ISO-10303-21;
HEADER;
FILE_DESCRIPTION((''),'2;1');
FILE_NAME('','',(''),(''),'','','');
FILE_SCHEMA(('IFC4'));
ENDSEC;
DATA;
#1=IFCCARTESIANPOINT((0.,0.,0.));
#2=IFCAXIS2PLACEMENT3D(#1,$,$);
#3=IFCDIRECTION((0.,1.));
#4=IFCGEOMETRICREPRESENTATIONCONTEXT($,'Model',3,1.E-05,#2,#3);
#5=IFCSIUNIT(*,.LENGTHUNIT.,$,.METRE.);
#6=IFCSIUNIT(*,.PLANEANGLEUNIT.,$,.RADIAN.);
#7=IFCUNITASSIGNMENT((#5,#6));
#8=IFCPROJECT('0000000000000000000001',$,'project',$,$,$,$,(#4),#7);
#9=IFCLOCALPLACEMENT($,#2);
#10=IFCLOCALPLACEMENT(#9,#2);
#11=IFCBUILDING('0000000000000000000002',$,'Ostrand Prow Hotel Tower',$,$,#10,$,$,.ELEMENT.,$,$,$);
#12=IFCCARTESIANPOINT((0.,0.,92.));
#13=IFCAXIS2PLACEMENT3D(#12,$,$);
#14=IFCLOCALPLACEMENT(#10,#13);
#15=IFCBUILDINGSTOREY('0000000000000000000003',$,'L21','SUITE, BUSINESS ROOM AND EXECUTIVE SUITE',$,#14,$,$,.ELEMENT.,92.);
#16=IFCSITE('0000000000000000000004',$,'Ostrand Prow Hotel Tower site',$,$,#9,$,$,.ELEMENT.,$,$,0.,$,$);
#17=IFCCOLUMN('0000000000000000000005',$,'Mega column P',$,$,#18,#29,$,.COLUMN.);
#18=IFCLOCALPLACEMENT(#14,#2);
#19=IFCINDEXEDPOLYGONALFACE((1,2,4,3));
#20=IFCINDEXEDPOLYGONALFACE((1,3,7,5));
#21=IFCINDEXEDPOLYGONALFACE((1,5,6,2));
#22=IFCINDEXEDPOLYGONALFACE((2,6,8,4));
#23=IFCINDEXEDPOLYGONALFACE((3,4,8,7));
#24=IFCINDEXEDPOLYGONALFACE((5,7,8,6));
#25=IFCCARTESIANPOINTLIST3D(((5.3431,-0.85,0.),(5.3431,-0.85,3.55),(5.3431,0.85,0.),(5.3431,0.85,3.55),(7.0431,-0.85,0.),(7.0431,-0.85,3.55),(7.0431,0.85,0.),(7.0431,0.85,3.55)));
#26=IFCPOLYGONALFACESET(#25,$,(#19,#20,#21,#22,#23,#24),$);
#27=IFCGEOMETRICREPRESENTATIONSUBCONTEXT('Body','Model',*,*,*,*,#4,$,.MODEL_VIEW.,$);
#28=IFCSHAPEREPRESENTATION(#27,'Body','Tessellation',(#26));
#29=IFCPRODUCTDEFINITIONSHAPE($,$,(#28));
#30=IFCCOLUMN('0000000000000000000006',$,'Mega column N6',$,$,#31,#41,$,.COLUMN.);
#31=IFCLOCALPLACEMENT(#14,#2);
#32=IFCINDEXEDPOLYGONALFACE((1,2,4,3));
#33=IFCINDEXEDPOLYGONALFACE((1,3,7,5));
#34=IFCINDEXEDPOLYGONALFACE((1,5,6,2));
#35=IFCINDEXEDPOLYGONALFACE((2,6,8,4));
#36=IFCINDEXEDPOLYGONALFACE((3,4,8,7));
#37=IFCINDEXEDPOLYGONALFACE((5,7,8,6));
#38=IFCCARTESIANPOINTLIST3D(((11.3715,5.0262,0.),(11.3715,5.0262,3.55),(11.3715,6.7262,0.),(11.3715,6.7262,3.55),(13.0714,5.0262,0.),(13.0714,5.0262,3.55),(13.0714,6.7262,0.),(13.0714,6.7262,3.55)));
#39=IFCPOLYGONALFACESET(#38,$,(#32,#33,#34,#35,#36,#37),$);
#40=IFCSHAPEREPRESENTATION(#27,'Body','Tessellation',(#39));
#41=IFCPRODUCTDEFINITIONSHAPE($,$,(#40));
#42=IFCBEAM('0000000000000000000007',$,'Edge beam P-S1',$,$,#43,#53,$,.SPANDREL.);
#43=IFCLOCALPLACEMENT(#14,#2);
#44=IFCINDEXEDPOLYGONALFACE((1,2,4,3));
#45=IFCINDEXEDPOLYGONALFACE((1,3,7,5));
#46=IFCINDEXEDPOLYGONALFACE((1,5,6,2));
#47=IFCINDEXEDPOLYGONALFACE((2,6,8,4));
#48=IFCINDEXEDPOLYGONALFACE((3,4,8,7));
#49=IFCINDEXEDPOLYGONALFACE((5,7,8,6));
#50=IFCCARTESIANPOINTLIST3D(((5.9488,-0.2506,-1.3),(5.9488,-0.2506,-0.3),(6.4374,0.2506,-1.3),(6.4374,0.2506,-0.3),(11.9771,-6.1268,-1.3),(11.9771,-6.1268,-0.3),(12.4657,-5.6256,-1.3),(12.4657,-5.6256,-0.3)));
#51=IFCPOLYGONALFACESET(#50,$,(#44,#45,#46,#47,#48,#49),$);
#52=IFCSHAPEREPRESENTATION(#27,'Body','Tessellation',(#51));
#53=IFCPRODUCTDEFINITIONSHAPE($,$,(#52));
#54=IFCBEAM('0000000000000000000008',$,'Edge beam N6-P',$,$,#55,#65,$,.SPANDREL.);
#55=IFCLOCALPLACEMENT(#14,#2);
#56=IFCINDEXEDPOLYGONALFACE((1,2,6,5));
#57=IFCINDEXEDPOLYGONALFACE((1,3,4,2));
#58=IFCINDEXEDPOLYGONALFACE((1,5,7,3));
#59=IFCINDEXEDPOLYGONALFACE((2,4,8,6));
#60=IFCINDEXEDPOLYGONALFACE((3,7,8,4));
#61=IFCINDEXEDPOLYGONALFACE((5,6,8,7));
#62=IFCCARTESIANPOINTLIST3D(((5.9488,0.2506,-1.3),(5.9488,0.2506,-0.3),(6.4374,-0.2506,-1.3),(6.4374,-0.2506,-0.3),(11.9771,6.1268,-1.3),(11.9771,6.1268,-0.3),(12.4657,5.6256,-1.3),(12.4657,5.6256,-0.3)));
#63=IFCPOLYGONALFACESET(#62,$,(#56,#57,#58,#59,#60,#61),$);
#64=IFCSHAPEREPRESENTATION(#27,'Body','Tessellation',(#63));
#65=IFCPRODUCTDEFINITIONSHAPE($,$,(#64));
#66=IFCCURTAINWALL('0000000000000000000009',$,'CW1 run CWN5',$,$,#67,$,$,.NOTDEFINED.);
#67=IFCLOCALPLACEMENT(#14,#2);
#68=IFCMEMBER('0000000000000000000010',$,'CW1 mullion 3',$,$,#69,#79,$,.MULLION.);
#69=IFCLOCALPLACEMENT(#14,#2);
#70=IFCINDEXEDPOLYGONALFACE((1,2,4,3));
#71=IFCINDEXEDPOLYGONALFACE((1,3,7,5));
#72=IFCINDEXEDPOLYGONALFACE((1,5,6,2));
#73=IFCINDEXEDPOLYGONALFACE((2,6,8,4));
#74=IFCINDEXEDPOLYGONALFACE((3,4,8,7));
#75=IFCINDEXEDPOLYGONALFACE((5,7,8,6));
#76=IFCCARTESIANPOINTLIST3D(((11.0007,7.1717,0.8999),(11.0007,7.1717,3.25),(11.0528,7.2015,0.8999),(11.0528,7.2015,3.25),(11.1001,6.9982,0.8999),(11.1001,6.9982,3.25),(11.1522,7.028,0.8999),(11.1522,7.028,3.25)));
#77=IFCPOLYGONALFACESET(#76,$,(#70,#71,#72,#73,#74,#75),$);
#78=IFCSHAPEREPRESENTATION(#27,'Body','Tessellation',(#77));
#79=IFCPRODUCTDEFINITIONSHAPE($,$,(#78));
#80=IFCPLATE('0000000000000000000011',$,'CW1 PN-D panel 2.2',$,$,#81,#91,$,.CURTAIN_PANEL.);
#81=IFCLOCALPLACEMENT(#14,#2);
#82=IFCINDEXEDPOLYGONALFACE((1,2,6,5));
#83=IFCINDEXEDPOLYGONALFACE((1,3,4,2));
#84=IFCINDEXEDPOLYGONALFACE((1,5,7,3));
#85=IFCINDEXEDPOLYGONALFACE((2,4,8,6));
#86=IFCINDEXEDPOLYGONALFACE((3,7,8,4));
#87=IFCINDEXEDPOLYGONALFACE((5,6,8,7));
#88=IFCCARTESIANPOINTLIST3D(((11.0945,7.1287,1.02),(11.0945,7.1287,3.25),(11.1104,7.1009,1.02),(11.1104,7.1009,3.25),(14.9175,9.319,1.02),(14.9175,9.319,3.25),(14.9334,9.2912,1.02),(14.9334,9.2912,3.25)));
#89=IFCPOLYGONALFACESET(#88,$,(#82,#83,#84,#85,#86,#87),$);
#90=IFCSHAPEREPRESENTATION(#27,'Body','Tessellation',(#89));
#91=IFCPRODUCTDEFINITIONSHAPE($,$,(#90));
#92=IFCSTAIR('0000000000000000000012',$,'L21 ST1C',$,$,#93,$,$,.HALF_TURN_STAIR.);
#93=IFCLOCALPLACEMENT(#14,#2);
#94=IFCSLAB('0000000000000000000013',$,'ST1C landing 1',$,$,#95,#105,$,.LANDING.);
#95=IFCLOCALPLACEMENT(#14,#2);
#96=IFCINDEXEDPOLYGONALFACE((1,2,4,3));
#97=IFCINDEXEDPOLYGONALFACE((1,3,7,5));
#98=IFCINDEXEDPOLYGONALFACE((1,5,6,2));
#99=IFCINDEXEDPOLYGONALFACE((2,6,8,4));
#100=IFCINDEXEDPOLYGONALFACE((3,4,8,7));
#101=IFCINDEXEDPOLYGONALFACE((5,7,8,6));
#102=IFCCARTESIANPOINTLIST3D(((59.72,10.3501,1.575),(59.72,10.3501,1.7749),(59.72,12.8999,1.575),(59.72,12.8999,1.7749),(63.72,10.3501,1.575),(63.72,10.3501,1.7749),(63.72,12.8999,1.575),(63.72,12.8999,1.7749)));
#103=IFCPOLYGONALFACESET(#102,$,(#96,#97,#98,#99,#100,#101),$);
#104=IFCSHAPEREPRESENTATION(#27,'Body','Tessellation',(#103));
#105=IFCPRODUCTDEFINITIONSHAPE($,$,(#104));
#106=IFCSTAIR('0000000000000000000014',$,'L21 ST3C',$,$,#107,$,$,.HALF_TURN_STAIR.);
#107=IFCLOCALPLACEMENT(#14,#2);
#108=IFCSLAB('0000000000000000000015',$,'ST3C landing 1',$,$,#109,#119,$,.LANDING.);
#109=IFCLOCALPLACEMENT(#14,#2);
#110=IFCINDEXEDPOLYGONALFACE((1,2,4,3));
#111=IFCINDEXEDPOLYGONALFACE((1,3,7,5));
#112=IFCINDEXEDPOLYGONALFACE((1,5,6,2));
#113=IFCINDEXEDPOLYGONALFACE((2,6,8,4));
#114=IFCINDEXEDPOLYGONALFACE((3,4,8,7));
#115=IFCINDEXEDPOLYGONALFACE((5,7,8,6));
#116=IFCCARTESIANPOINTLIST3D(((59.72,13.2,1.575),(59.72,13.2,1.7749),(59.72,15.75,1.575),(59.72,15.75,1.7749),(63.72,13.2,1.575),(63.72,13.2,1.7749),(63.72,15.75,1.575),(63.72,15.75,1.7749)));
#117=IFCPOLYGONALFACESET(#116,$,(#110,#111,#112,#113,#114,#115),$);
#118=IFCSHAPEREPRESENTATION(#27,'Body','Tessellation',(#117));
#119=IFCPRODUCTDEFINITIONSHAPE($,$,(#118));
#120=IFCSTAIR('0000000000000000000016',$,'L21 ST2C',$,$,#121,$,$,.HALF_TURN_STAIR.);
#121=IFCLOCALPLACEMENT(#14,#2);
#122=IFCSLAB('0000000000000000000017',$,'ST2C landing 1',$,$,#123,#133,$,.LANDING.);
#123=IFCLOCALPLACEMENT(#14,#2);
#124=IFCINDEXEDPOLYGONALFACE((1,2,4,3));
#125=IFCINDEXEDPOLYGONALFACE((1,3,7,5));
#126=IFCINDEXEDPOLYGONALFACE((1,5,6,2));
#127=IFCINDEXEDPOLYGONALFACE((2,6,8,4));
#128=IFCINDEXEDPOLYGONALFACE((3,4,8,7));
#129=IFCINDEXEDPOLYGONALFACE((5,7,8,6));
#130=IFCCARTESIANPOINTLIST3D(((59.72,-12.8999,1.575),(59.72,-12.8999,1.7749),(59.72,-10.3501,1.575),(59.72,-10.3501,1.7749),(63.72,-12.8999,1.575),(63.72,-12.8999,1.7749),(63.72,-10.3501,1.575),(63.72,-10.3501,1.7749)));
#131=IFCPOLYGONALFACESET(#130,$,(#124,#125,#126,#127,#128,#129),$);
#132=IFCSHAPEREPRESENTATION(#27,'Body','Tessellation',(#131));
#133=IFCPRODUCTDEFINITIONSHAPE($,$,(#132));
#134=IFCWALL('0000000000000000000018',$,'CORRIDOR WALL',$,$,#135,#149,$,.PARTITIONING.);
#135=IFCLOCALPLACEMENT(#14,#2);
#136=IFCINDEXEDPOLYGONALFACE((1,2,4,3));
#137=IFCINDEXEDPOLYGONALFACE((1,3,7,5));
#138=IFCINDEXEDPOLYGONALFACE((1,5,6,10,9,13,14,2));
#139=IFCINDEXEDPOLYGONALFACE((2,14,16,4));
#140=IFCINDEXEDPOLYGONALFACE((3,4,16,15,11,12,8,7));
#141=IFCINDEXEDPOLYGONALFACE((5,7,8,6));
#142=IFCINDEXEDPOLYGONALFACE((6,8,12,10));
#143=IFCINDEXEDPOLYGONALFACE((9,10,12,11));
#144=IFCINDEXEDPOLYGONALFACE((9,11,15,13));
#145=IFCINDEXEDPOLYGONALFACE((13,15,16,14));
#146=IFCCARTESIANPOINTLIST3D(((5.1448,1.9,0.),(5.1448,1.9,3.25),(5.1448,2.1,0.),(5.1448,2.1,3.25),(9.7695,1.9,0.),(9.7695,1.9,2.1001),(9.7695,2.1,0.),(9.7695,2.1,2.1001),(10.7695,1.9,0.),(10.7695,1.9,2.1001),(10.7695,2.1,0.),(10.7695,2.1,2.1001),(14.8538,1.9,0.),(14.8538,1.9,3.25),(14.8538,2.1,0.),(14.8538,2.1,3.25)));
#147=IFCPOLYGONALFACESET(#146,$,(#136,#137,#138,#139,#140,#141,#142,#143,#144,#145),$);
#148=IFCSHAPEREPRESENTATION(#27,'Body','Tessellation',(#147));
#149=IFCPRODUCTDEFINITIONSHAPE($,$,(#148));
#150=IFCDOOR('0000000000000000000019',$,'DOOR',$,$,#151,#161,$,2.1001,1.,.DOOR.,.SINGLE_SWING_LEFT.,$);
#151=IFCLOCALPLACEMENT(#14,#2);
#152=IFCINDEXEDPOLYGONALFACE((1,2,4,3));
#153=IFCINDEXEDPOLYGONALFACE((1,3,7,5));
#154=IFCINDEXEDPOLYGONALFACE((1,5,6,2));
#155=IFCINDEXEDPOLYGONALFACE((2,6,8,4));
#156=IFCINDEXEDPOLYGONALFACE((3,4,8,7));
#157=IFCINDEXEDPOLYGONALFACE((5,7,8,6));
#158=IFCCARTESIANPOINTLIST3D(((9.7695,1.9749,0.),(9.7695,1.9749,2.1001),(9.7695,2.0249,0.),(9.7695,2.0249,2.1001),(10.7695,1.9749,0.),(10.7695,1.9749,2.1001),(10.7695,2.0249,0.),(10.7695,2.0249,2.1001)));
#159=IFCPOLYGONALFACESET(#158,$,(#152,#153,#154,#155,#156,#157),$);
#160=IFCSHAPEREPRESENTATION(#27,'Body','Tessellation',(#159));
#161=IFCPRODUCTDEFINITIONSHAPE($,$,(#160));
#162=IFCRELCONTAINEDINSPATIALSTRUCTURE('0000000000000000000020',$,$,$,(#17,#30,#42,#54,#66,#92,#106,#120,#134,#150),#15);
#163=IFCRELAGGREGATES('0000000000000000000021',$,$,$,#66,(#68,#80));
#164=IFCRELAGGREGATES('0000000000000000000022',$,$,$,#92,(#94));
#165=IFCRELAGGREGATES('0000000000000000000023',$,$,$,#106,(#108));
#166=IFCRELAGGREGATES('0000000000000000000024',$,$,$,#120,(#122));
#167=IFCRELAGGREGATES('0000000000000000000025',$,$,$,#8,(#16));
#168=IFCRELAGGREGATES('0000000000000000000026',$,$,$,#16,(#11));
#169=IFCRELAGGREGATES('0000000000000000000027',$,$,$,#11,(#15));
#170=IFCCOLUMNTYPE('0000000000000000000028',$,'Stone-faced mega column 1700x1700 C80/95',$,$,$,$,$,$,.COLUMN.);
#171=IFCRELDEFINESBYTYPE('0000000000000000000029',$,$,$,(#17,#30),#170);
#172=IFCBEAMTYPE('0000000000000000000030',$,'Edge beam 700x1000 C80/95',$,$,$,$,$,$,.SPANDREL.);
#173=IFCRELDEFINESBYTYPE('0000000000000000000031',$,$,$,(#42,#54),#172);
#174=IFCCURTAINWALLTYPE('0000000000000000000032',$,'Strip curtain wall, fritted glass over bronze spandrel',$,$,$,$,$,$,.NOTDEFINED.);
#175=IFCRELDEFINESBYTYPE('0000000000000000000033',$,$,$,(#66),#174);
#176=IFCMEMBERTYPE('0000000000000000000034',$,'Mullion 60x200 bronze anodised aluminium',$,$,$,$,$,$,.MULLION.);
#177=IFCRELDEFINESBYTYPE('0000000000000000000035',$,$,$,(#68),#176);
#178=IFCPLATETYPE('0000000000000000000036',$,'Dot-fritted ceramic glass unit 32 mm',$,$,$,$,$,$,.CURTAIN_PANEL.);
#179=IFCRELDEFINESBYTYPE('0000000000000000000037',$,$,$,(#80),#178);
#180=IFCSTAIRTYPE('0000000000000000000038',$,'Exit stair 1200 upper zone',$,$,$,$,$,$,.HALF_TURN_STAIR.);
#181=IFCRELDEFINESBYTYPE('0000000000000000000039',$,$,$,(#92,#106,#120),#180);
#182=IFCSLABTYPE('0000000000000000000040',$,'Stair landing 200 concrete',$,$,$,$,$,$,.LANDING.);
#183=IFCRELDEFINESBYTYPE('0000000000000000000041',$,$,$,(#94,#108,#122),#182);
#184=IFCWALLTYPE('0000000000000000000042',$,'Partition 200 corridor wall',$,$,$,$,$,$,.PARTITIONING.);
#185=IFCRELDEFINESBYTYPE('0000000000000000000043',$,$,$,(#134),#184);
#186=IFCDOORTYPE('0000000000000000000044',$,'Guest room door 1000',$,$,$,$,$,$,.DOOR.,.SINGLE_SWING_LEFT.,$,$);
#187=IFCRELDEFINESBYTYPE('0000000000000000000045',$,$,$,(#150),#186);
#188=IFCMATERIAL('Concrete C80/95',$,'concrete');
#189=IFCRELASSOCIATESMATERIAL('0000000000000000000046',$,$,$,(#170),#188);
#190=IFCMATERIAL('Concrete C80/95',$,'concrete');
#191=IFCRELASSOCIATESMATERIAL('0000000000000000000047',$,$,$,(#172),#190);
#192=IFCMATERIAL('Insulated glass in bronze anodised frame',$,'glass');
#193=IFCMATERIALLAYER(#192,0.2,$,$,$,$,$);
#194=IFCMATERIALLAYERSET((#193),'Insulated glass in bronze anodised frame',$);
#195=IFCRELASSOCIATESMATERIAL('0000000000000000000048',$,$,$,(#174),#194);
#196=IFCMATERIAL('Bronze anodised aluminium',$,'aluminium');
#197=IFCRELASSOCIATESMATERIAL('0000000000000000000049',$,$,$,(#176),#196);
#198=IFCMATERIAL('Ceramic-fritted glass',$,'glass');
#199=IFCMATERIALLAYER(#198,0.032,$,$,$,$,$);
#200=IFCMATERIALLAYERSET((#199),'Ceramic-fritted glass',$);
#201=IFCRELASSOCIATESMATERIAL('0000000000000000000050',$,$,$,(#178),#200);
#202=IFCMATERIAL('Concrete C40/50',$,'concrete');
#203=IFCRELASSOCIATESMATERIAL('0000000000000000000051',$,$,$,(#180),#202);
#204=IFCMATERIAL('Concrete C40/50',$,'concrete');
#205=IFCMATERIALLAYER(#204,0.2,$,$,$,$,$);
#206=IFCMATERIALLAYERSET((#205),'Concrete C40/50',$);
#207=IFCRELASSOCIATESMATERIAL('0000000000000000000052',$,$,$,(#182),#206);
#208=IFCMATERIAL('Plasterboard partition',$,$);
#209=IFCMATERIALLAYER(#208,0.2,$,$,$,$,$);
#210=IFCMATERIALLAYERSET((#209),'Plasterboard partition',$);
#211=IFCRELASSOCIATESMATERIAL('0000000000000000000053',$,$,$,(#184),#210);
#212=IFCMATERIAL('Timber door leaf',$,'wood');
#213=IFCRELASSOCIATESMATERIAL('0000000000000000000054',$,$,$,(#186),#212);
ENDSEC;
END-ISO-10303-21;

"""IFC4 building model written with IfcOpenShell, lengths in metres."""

from ifc_helpers import new_model, si_unit, direction, frame, frame_2d, origin, origin_2d, place, context, subcontext, project, spatial, polyline, rectangle, outline, extrude, material, layer, layer_set, material_profile, profile_set, type_object, element, fill, aggregate, save


model = new_model("IFC4")

# Units and contexts
model_context = context("Model", 3, precision=1e-05, world=origin(), true_north=direction((0.0, 1.0)))
body_context = subcontext(model_context, "Body", "Model", "MODEL_VIEW")
ifc_project = project(units=[si_unit("LENGTHUNIT", "METRE"), si_unit("PLANEANGLEUNIT", "RADIAN")], contexts=[model_context])

# Site, building, storey
site_placement = place(None, origin())
site = spatial("IfcSite", under=ifc_project, at=site_placement, Name="Ostrand Prow Hotel Tower site", CompositionType="ELEMENT", RefElevation=0.0)
building_placement = place(site_placement, origin())
building = spatial("IfcBuilding", under=site, at=building_placement, Name="Ostrand Prow Hotel Tower", CompositionType="ELEMENT")
storey_placement = place(building_placement, frame((0.0, 0.0, 92.0)))
storey = spatial("IfcBuildingStorey", under=building, at=storey_placement, Name="L21", Description="SUITE, BUSINESS ROOM AND EXECUTIVE SUITE", CompositionType="ELEMENT", Elevation=92.0)

# Columns
ifc_material_1 = material(Name="Concrete C80/95", Category="concrete")
ifc_material_profile_1 = material_profile(ifc_material_1, rectangle(XDim=1.7, YDim=1.7, at=origin_2d()), Name="RC 1700x1700")
ifc_profile_set_1 = profile_set([ifc_material_profile_1], Name="Concrete C80/95")
column_type = type_object("IfcColumnType", Name="Stone-faced mega column 1700x1700 C80/95", PredefinedType="COLUMN", material=ifc_profile_set_1)
for number, where, z_axis, x_axis, name in (
    (1, (6.1931, 0.0, 0.0), (0.0, 0.0, 1.0), (1.0, 0.0, 0.0), "Mega column P"),
    (2, (12.2214, 5.8762, 0.0), (0.0, 0.0, 1.0), (1.0, 0.0, 0.0), "Mega column N6"),
):
    element("IfcColumn", number, at=place(storey_placement, frame(where, z_axis=z_axis, x_axis=x_axis)), inside=storey, type_object=column_type, Name=name, PredefinedType="COLUMN", context=body_context, shape_type="SweptSolid", body=[
        extrude(rectangle(XDim=1.7, YDim=1.7, at=origin_2d()), origin(), (0.0, 0.0, 1.0), 3.55),
    ])

# Beams
ifc_material_2 = material(Name="Concrete C80/95", Category="concrete")
ifc_material_profile_2 = material_profile(ifc_material_2, rectangle(XDim=0.7, YDim=1.0, at=origin_2d()), Name="RC 700x1000")
ifc_profile_set_2 = profile_set([ifc_material_profile_2], Name="Concrete C80/95")
beam_type = type_object("IfcBeamType", Name="Edge beam 700x1000 C80/95", PredefinedType="SPANDREL", material=ifc_profile_set_2)
for number, where, z_axis, x_axis, name in (
    (3, (6.1931, 0.0, -0.8), (0.716083, -0.698015, 0.0), (0.698015, 0.716083, 0.0), "Edge beam P-S1"),
    (4, (12.2214, 5.8762, -0.8), (-0.716083, -0.698015, 0.0), (0.698015, -0.716083, 0.0), "Edge beam N6-P"),
):
    element("IfcBeam", number, at=place(storey_placement, frame(where, z_axis=z_axis, x_axis=x_axis)), inside=storey, type_object=beam_type, Name=name, PredefinedType="SPANDREL", context=body_context, shape_type="SweptSolid", body=[
        extrude(rectangle(XDim=0.7, YDim=1.0, at=origin_2d()), origin(), (0.0, 0.0, 1.0), 8.4185),
    ])

# Curtain wall, member, plate
ifc_material_3 = material(Name="Insulated glass in bronze anodised frame", Category="glass")
ifc_layer_1 = layer(ifc_material_3, 0.2)
ifc_layer_set_1 = layer_set([ifc_layer_1], Name="Insulated glass in bronze anodised frame")
curtain_wall_type = type_object("IfcCurtainWallType", Name="Strip curtain wall, fritted glass over bronze spandrel", PredefinedType="NOTDEFINED", material=ifc_layer_set_1)
curtain_wall_placement = place(storey_placement, origin())
curtain_wall = element("IfcCurtainWall", 5, at=curtain_wall_placement, inside=storey, type_object=curtain_wall_type, Name="CW1 run CWN5", PredefinedType="NOTDEFINED")
ifc_material_4 = material(Name="Bronze anodised aluminium", Category="aluminium")
ifc_material_profile_3 = material_profile(ifc_material_4, rectangle(XDim=0.2, YDim=0.0601, at=origin_2d()), Name="Mullion 60x200 bronze anodised aluminium")
ifc_profile_set_3 = profile_set([ifc_material_profile_3], Name="Bronze anodised aluminium")
member_type = type_object("IfcMemberType", Name="Mullion 60x200 bronze anodised aluminium", PredefinedType="MULLION", material=ifc_profile_set_3)
member_placement = place(storey_placement, frame((11.0764, 7.0999, 0.8999), z_axis=(0.0, 0.0, 1.0), x_axis=(0.497115, -0.867685, 0.0)))
member = element("IfcMember", 6, at=member_placement, type_object=member_type, Name="CW1 mullion 3", PredefinedType="MULLION", context=body_context, shape_type="SweptSolid", body=[
    extrude(rectangle(XDim=0.2, YDim=0.0601, at=origin_2d()), origin(), (0.0, 0.0, 1.0), 2.3501),
])
ifc_material_5 = material(Name="Ceramic-fritted glass", Category="glass")
ifc_layer_2 = layer(ifc_material_5, 0.032)
ifc_layer_set_2 = layer_set([ifc_layer_2], Name="Ceramic-fritted glass")
plate_type = type_object("IfcPlateType", Name="Dot-fritted ceramic glass unit 32 mm", PredefinedType="CURTAIN_PANEL", material=ifc_layer_set_2)
plate_placement = place(storey_placement, frame((13.0139, 8.21, 1.02), z_axis=(0.0, 0.0, 1.0), x_axis=(-0.867685, -0.497115, 0.0)))
plate = element("IfcPlate", 7, at=plate_placement, type_object=plate_type, Name="CW1 PN-D panel 2.2", PredefinedType="CURTAIN_PANEL", context=body_context, shape_type="SweptSolid", body=[
    extrude(rectangle(XDim=4.406, YDim=0.032, at=origin_2d()), origin(), (0.0, 0.0, 1.0), 2.23),
])
aggregate(curtain_wall, [member, plate])

# Stairs, slabs
ifc_material_6 = material(Name="Concrete C40/50", Category="concrete")
stair_type = type_object("IfcStairType", Name="Exit stair 1200 upper zone", PredefinedType="HALF_TURN_STAIR", material=ifc_material_6)
stair_1_placement = place(storey_placement, origin())
stair_1 = element("IfcStair", 8, at=stair_1_placement, inside=storey, type_object=stair_type, Name="L21 ST1C", PredefinedType="HALF_TURN_STAIR")
ifc_material_7 = material(Name="Concrete C40/50", Category="concrete")
ifc_layer_3 = layer(ifc_material_7, 0.2)
ifc_layer_set_3 = layer_set([ifc_layer_3], Name="Concrete C40/50")
slab_type = type_object("IfcSlabType", Name="Stair landing 200 concrete", PredefinedType="LANDING", material=ifc_layer_set_3)
slab_1_placement = place(storey_placement, frame((0.0, 0.0, 1.575)))
slab_1 = element("IfcSlab", 9, at=slab_1_placement, type_object=slab_type, Name="ST1C landing 1", PredefinedType="LANDING", context=body_context, shape_type="SweptSolid", body=[
    extrude(outline(polyline([(59.72, 10.3501), (63.72, 10.3501), (63.72, 12.8999), (59.72, 12.8999), (59.72, 10.3501)])), origin(), (0.0, 0.0, 1.0), 0.2),
])
aggregate(stair_1, [slab_1])
stair_2_placement = place(storey_placement, origin())
stair_2 = element("IfcStair", 10, at=stair_2_placement, inside=storey, type_object=stair_type, Name="L21 ST3C", PredefinedType="HALF_TURN_STAIR")
slab_2_placement = place(storey_placement, frame((0.0, 0.0, 1.575)))
slab_2 = element("IfcSlab", 11, at=slab_2_placement, type_object=slab_type, Name="ST3C landing 1", PredefinedType="LANDING", context=body_context, shape_type="SweptSolid", body=[
    extrude(outline(polyline([(59.72, 13.2), (63.72, 13.2), (63.72, 15.75), (59.72, 15.75), (59.72, 13.2)])), origin(), (0.0, 0.0, 1.0), 0.2),
])
aggregate(stair_2, [slab_2])
stair_3_placement = place(storey_placement, origin())
stair_3 = element("IfcStair", 12, at=stair_3_placement, inside=storey, type_object=stair_type, Name="L21 ST2C", PredefinedType="HALF_TURN_STAIR")
slab_3_placement = place(storey_placement, frame((0.0, 0.0, 1.575)))
slab_3 = element("IfcSlab", 13, at=slab_3_placement, type_object=slab_type, Name="ST2C landing 1", PredefinedType="LANDING", context=body_context, shape_type="SweptSolid", body=[
    extrude(outline(polyline([(59.72, -12.8999), (63.72, -12.8999), (63.72, -10.3501), (59.72, -10.3501), (59.72, -12.8999)])), origin(), (0.0, 0.0, 1.0), 0.2),
])
aggregate(stair_3, [slab_3])

# Wall, opening, door
ifc_material_8 = material(Name="Plasterboard partition")
ifc_layer_4 = layer(ifc_material_8, 0.2)
ifc_layer_set_4 = layer_set([ifc_layer_4], Name="Plasterboard partition")
wall_type_1 = type_object("IfcWallType", Name="Partition 200 corridor wall", PredefinedType="PARTITIONING", material=ifc_layer_set_4)
wall_1_placement = place(storey_placement, frame((5.1448, 2.0, 0.0), z_axis=(0.0, 0.0, 1.0), x_axis=(1.0, 0.0, 0.0)))
wall_1 = element("IfcWall", 14, at=wall_1_placement, inside=storey, type_object=wall_type_1, Name="CORRIDOR WALL", PredefinedType="PARTITIONING", context=body_context, shape_type="SweptSolid", body=[
    extrude(rectangle(XDim=9.709, YDim=0.2, at=frame_2d((4.8545, 0.0))), origin(), (0.0, 0.0, 1.0), 3.25),
])
opening_1_placement = place(wall_1_placement, frame((4.6248, 0.0, 0.0)))
opening_1 = element("IfcOpeningElement", 15, at=opening_1_placement, cuts=wall_1, PredefinedType="OPENING", context=body_context, shape_type="SweptSolid", body=[
    extrude(rectangle(XDim=1.0, YDim=2.1001, at=frame_2d((0.5, 1.05))), frame((0.0, 0.1099, 0.0), z_axis=(0.0, -1.0, 0.0), x_axis=(1.0, 0.0, 0.0)), (0.0, 0.0, 1.0), 0.22),
])
ifc_material_9 = material(Name="Timber door leaf", Category="wood")
door_type = type_object("IfcDoorType", Name="Guest room door 1000", OperationType="SINGLE_SWING_LEFT", PredefinedType="DOOR", material=ifc_material_9)
door_placement = place(opening_1_placement, origin())
door = element("IfcDoor", 16, at=door_placement, inside=storey, type_object=door_type, Name="DOOR", OperationType="SINGLE_SWING_LEFT", OverallHeight=2.1001, OverallWidth=1.0, PredefinedType="DOOR", context=body_context, shape_type="SweptSolid", body=[
    extrude(rectangle(XDim=1.0, YDim=2.1001, at=frame_2d((0.5, 1.05))), frame((0.0, 0.0249, 0.0), z_axis=(0.0, -1.0, 0.0), x_axis=(1.0, 0.0, 0.0)), (0.0, 0.0, 1.0), 0.05),
])
fill(opening_1, door)

save(model, "model.ifc")
